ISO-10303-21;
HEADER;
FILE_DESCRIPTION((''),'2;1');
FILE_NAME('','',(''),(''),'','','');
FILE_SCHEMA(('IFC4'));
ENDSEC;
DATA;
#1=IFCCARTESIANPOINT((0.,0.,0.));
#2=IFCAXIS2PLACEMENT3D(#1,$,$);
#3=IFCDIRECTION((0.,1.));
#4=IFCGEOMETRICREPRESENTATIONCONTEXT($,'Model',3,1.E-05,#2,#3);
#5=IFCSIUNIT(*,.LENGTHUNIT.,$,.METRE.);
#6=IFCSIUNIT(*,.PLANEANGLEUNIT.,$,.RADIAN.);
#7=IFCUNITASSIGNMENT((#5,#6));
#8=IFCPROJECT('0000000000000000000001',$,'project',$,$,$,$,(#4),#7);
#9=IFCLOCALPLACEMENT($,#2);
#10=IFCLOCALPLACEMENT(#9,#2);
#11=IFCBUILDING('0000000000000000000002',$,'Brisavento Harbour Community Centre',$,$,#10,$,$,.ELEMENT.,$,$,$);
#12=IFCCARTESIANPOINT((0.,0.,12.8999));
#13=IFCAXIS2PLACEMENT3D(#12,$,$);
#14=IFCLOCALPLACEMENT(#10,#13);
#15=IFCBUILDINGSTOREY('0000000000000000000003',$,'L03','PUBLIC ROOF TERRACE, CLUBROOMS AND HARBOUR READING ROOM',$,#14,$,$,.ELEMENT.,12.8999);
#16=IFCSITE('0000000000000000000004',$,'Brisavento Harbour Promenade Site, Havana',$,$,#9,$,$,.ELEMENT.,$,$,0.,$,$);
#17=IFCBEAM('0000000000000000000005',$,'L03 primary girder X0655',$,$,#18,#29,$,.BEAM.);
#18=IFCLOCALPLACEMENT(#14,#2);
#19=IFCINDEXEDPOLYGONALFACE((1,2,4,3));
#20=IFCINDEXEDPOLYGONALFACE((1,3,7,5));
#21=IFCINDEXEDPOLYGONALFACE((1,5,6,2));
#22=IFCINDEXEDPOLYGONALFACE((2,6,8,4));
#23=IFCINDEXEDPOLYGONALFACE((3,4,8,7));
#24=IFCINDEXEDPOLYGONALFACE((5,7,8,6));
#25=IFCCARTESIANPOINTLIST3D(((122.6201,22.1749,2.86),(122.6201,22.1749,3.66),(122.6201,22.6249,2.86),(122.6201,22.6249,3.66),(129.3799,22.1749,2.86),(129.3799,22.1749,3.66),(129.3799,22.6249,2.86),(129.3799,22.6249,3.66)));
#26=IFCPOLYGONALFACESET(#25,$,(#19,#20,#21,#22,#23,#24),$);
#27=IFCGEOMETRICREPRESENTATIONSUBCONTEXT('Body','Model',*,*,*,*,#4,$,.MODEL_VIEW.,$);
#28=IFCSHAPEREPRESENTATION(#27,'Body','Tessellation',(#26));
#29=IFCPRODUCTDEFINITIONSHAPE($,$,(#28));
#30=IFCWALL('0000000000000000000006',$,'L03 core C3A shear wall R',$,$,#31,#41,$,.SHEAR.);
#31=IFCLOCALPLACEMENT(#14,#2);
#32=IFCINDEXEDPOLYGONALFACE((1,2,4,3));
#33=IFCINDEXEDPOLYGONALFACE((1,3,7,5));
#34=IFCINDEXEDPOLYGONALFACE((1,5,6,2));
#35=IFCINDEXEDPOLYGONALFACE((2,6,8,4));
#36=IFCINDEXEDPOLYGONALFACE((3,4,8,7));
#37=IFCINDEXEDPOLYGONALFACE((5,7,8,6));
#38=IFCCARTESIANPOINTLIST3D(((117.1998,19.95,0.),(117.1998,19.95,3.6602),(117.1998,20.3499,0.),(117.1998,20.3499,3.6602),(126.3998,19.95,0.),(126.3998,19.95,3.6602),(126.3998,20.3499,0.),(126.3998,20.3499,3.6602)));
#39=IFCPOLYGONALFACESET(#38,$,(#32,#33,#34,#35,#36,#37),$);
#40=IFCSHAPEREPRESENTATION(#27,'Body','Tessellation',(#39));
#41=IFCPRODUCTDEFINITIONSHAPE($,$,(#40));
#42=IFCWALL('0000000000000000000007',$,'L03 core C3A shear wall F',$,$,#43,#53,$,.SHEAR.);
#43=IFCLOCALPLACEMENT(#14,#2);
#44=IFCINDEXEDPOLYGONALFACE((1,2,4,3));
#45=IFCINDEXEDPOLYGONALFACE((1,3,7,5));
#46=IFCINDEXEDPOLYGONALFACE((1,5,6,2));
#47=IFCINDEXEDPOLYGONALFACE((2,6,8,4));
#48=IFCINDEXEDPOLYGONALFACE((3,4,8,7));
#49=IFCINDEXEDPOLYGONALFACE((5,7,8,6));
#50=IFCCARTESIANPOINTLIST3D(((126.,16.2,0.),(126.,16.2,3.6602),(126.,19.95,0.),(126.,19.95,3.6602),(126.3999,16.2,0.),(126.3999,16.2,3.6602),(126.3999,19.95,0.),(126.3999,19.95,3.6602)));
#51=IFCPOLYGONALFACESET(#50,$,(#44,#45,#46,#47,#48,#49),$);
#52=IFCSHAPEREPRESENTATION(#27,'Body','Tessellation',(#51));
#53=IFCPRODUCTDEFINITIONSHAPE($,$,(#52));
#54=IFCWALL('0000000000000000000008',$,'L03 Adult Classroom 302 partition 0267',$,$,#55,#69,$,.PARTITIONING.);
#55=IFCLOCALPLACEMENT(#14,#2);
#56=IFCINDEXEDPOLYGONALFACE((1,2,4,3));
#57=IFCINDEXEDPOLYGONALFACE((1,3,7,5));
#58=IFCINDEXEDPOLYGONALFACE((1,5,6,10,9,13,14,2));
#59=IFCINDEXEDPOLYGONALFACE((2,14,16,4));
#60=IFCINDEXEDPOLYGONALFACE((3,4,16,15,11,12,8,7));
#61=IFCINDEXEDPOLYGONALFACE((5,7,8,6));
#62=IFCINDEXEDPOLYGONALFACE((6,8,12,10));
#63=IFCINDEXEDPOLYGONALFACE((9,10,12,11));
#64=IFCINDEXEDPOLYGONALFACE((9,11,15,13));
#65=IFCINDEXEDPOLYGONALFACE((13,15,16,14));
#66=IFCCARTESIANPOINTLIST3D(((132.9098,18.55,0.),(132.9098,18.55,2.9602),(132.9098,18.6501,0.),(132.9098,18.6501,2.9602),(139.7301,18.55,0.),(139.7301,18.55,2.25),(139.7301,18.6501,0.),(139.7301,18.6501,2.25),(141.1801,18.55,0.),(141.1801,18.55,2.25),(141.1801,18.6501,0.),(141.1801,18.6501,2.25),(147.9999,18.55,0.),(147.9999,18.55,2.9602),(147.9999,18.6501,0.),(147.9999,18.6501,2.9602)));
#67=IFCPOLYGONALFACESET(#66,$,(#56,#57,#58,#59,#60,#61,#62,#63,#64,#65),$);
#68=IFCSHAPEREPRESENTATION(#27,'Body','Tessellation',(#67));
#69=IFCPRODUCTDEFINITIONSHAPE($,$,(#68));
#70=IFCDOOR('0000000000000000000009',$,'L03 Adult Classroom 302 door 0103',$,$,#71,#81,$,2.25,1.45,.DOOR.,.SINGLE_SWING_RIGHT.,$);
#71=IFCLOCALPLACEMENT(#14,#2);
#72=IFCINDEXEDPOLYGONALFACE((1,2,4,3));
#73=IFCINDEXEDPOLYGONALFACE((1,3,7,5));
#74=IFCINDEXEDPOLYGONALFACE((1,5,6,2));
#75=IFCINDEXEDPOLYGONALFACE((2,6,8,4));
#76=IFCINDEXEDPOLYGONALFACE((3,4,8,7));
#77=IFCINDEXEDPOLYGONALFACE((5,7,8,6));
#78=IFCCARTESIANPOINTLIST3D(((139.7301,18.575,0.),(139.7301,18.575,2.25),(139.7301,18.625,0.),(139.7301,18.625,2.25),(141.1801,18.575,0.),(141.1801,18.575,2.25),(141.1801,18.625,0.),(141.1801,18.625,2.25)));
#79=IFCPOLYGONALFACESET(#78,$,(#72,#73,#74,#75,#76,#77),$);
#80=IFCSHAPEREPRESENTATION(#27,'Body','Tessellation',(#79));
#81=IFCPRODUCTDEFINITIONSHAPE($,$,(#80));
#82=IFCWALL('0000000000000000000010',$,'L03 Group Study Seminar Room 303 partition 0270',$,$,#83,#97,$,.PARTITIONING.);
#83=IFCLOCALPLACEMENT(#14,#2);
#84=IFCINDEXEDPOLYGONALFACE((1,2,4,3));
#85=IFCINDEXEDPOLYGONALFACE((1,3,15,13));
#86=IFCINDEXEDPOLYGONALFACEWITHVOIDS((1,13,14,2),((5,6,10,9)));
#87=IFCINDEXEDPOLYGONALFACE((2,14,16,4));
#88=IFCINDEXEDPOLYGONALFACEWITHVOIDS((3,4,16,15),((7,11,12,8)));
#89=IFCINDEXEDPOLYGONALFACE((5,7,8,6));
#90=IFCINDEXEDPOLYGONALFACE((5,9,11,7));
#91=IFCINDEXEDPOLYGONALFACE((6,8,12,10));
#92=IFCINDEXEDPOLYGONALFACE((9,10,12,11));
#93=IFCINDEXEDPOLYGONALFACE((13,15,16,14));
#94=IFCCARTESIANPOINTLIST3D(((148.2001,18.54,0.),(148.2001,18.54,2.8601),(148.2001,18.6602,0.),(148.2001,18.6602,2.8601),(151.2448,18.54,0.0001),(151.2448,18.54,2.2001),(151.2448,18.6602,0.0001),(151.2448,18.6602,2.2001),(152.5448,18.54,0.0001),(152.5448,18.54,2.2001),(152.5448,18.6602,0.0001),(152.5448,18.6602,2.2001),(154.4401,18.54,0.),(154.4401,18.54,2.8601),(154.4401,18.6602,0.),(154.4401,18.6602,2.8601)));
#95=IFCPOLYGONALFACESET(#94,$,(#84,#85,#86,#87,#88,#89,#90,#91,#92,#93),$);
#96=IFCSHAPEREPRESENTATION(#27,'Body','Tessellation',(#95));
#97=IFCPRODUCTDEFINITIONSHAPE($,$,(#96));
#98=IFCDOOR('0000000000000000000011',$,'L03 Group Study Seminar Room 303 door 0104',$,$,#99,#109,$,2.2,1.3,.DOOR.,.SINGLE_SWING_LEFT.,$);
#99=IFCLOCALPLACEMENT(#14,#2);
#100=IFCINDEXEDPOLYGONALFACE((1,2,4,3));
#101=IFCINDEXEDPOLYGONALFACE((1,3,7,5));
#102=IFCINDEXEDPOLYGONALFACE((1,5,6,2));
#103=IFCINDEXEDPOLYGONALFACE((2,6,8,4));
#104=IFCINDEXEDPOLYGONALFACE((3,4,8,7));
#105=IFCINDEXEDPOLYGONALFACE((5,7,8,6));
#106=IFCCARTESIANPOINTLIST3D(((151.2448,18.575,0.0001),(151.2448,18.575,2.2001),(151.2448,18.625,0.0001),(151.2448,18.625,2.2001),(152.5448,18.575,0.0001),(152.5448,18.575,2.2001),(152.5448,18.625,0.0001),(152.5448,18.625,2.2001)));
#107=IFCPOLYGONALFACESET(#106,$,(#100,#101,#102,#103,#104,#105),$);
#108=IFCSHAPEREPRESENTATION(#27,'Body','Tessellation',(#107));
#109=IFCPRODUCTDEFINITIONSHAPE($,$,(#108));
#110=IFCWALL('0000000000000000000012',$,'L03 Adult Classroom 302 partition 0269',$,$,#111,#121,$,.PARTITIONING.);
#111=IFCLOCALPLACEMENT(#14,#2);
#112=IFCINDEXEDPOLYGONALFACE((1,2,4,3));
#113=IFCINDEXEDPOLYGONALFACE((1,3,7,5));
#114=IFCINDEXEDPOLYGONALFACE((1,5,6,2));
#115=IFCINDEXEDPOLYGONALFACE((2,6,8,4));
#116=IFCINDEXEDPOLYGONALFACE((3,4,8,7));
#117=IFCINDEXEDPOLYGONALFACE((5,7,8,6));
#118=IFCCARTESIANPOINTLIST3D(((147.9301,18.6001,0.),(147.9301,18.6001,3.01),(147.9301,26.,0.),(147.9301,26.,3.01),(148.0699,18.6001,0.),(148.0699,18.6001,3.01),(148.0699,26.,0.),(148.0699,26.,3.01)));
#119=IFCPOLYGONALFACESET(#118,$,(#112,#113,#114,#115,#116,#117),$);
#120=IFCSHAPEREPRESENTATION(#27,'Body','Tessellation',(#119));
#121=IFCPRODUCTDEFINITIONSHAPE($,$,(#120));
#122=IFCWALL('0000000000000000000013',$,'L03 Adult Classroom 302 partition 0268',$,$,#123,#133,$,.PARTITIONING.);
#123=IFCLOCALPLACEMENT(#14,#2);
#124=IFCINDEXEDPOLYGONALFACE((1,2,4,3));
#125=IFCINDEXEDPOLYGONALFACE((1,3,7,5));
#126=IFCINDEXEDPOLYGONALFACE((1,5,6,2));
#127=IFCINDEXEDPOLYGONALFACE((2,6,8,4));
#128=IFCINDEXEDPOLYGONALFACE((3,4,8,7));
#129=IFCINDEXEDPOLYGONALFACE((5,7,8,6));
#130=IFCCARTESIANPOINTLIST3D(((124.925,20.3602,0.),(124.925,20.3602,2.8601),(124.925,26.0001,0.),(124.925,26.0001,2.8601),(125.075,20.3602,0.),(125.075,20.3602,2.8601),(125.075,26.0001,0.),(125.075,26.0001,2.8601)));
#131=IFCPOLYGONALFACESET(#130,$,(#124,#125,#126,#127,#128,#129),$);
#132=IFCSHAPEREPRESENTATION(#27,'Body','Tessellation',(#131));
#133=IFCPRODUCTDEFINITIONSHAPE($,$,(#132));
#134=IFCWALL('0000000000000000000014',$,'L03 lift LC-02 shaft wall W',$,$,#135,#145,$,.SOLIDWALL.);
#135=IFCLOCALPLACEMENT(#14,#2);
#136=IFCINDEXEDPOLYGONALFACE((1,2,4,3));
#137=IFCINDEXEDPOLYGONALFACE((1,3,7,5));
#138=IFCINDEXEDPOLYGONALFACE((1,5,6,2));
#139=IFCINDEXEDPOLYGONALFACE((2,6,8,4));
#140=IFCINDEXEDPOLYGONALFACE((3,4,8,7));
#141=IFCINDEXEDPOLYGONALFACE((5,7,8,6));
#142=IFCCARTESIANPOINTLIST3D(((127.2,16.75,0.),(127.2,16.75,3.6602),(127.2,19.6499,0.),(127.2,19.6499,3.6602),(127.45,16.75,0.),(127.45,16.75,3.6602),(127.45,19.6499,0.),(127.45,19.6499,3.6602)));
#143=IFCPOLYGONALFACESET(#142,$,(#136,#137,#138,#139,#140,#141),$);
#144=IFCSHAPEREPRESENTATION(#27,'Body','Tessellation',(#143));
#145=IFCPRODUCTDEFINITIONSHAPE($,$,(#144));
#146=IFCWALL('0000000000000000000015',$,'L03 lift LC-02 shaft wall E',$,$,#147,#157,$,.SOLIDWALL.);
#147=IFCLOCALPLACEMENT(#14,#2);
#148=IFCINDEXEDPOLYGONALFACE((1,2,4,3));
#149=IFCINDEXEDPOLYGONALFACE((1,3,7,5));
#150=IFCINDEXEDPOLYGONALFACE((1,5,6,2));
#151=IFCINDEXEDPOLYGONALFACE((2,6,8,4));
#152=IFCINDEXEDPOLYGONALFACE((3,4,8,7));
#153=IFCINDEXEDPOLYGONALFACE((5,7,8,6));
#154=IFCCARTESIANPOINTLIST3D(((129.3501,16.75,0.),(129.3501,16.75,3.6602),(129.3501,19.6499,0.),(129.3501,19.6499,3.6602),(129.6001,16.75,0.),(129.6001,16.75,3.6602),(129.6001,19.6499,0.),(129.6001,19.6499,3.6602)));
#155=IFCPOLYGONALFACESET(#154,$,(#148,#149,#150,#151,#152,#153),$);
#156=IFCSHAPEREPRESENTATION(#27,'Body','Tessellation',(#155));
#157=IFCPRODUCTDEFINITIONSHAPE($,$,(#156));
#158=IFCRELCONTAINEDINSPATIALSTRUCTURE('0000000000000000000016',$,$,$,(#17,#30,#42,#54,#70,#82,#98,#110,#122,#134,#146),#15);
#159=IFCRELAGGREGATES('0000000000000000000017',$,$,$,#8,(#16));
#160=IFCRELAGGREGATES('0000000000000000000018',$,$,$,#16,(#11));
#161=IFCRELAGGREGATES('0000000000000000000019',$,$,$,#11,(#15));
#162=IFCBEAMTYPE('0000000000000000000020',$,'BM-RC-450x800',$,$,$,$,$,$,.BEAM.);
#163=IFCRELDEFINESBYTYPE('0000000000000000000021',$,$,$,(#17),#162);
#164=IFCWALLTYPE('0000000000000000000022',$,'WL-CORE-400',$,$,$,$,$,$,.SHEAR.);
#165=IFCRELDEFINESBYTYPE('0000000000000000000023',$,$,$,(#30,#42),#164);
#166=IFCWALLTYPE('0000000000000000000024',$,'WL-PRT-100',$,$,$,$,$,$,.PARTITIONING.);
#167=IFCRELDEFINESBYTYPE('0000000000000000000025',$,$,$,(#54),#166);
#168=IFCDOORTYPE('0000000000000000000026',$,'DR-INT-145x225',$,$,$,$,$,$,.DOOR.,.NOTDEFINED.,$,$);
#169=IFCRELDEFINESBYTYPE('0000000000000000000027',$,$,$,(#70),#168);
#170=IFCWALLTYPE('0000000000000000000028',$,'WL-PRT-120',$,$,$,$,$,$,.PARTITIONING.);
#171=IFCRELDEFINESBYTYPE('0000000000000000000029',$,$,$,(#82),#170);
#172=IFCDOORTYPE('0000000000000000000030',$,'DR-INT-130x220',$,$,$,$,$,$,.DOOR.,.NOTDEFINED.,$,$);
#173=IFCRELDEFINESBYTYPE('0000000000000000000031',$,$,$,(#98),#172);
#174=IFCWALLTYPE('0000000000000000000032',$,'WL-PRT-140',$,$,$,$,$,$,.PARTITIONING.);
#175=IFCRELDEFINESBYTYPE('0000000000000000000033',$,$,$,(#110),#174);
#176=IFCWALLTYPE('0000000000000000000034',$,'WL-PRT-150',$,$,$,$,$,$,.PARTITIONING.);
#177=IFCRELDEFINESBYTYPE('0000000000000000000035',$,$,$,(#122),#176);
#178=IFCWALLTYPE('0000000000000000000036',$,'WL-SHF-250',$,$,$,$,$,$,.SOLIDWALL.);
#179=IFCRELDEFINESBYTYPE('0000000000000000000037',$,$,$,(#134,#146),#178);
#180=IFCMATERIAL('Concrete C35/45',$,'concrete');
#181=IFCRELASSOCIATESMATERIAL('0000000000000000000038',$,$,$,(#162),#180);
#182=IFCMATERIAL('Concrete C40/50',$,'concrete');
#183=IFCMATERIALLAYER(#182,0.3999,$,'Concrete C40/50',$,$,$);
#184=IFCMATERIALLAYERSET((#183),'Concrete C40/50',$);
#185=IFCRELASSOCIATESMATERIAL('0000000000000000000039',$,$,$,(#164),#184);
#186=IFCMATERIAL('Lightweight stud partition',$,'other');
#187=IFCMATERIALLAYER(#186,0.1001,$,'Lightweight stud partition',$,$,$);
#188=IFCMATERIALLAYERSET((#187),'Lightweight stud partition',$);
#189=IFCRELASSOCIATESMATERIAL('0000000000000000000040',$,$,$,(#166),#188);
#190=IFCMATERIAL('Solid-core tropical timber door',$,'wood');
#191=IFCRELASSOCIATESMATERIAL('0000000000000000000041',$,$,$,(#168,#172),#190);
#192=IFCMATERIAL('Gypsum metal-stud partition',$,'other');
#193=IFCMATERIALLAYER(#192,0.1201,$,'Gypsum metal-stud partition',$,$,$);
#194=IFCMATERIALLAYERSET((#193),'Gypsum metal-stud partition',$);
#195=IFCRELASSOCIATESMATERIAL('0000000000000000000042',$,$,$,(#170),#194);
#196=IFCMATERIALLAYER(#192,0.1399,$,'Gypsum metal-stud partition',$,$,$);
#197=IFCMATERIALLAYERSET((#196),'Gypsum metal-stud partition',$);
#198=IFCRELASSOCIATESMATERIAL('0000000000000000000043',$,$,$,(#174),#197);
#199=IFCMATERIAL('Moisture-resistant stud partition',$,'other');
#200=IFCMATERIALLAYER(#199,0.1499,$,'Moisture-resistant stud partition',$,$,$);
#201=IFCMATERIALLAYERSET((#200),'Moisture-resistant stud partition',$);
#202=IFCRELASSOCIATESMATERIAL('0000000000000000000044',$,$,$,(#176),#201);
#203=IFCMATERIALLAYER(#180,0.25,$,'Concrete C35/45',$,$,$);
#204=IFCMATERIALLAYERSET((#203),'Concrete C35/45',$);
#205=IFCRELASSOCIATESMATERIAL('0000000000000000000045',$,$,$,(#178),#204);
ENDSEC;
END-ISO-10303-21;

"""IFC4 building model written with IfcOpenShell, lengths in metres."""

from ifc_helpers import new_model, si_unit, direction, frame, frame_2d, origin, origin_2d, place, context, subcontext, project, spatial, rectangle, extrude, material, layer, layer_set, material_profile, profile_set, type_object, element, fill, save


model = new_model("IFC4")

# Units and contexts
model_context = context("Model", 3, precision=1e-05, world=origin(), true_north=direction((0.0, 1.0)))
body_context = subcontext(model_context, "Body", "Model", "MODEL_VIEW")
ifc_project = project(units=[si_unit("LENGTHUNIT", "METRE"), si_unit("PLANEANGLEUNIT", "RADIAN")], contexts=[model_context])

# Site, building, storey
site_placement = place(None, origin())
site = spatial("IfcSite", under=ifc_project, at=site_placement, Name="Brisavento Harbour Promenade Site, Havana", CompositionType="ELEMENT", RefElevation=0.0)
building_placement = place(site_placement, origin())
building = spatial("IfcBuilding", under=site, at=building_placement, Name="Brisavento Harbour Community Centre", CompositionType="ELEMENT")
storey_placement = place(building_placement, frame((0.0, 0.0, 12.8999)))
storey = spatial("IfcBuildingStorey", under=building, at=storey_placement, Name="L03", Description="PUBLIC ROOF TERRACE, CLUBROOMS AND HARBOUR READING ROOM", CompositionType="ELEMENT", Elevation=12.8999)

# Shared definitions
ifc_material_1 = material(Name="Concrete C35/45", Category="concrete")

# Beam
ifc_material_profile_1 = material_profile(ifc_material_1, rectangle(XDim=0.45, YDim=0.8, at=origin_2d()), Name="Concrete C35/45")
ifc_profile_set_1 = profile_set([ifc_material_profile_1], Name="Concrete C35/45")
beam_type_1 = type_object("IfcBeamType", Name="BM-RC-450x800", PredefinedType="BEAM", material=ifc_profile_set_1)
beam_1_placement = place(storey_placement, frame((122.6201, 22.3999, 3.26), z_axis=(1.0, 0.0, 0.0), x_axis=(0.0, 1.0, 0.0)))
element("IfcBeam", 1, at=beam_1_placement, inside=storey, type_object=beam_type_1, Name="L03 primary girder X0655", PredefinedType="BEAM", context=body_context, shape_type="SweptSolid", body=[
    extrude(rectangle(XDim=0.45, YDim=0.8, at=origin_2d()), origin(), (0.0, 0.0, 1.0), 6.7598),
])

# Walls
ifc_material_2 = material(Name="Concrete C40/50", Category="concrete")
ifc_layer_1 = layer(ifc_material_2, 0.3999, Name="Concrete C40/50")
ifc_layer_set_1 = layer_set([ifc_layer_1], Name="Concrete C40/50")
wall_type_1 = type_object("IfcWallType", Name="WL-CORE-400", PredefinedType="SHEAR", material=ifc_layer_set_1)
wall_1_placement = place(storey_placement, frame((126.3999, 20.1499, 0.0), z_axis=(0.0, 0.0, 1.0), x_axis=(-1.0, 0.0, 0.0)))
element("IfcWall", 2, at=wall_1_placement, inside=storey, type_object=wall_type_1, Name="L03 core C3A shear wall R", PredefinedType="SHEAR", context=body_context, shape_type="SweptSolid", body=[
    extrude(rectangle(XDim=9.2, YDim=0.3999, at=frame_2d((4.6001, 0.0))), origin(), (0.0, 0.0, 1.0), 3.6602),
])
wall_2_placement = place(storey_placement, frame((126.2, 16.2, 0.0), z_axis=(0.0, 0.0, 1.0), x_axis=(0.0, 1.0, 0.0)))
element("IfcWall", 3, at=wall_2_placement, inside=storey, type_object=wall_type_1, Name="L03 core C3A shear wall F", PredefinedType="SHEAR", context=body_context, shape_type="SweptSolid", body=[
    extrude(rectangle(XDim=3.75, YDim=0.3999, at=frame_2d((1.875, 0.0))), origin(), (0.0, 0.0, 1.0), 3.6602),
])

# Walls, openings, doors
ifc_material_3 = material(Name="Lightweight stud partition", Category="other")
ifc_layer_2 = layer(ifc_material_3, 0.1001, Name="Lightweight stud partition")
ifc_layer_set_2 = layer_set([ifc_layer_2], Name="Lightweight stud partition")
wall_type_2 = type_object("IfcWallType", Name="WL-PRT-100", PredefinedType="PARTITIONING", material=ifc_layer_set_2)
wall_3_placement = place(storey_placement, frame((132.9099, 18.6001, 0.0), z_axis=(0.0, 0.0, 1.0), x_axis=(1.0, 0.0, 0.0)))
wall_3 = element("IfcWall", 4, at=wall_3_placement, inside=storey, type_object=wall_type_2, Name="L03 Adult Classroom 302 partition 0267", PredefinedType="PARTITIONING", context=body_context, shape_type="SweptSolid", body=[
    extrude(rectangle(XDim=15.0901, YDim=0.1001, at=frame_2d((7.5449, 0.0))), origin(), (0.0, 0.0, 1.0), 2.9602),
])
opening_1_placement = place(wall_3_placement, frame((6.8201, 0.0, 0.0)))
opening_1 = element("IfcOpeningElement", 5, at=opening_1_placement, cuts=wall_3, PredefinedType="OPENING", context=body_context, shape_type="SweptSolid", body=[
    extrude(rectangle(XDim=1.45, YDim=2.25, at=frame_2d((0.7251, 1.125))), frame((0.0, 0.0601, 0.0), z_axis=(0.0, -1.0, 0.0), x_axis=(1.0, 0.0, 0.0)), (0.0, 0.0, 1.0), 0.1201),
])
ifc_material_4 = material(Name="Solid-core tropical timber door", Category="wood")
door_type_1 = type_object("IfcDoorType", Name="DR-INT-145x225", OperationType="NOTDEFINED", PredefinedType="DOOR", material=ifc_material_4)
door_1_placement = place(opening_1_placement, origin())
door_1 = element("IfcDoor", 6, at=door_1_placement, inside=storey, type_object=door_type_1, Name="L03 Adult Classroom 302 door 0103", OperationType="SINGLE_SWING_RIGHT", OverallHeight=2.25, OverallWidth=1.45, PredefinedType="DOOR", context=body_context, shape_type="SweptSolid", body=[
    extrude(rectangle(XDim=1.45, YDim=2.25, at=frame_2d((0.7251, 1.125))), frame((0.0, 0.0249, 0.0), z_axis=(0.0, -1.0, 0.0), x_axis=(1.0, 0.0, 0.0)), (0.0, 0.0, 1.0), 0.05),
])
fill(opening_1, door_1)
ifc_material_5 = material(Name="Gypsum metal-stud partition", Category="other")
ifc_layer_3 = layer(ifc_material_5, 0.1201, Name="Gypsum metal-stud partition")
ifc_layer_set_3 = layer_set([ifc_layer_3], Name="Gypsum metal-stud partition")
wall_type_3 = type_object("IfcWallType", Name="WL-PRT-120", PredefinedType="PARTITIONING", material=ifc_layer_set_3)
wall_4_placement = place(storey_placement, frame((148.2, 18.6001, 0.0), z_axis=(0.0, 0.0, 1.0), x_axis=(1.0, 0.0, 0.0)))
wall_4 = element("IfcWall", 7, at=wall_4_placement, inside=storey, type_object=wall_type_3, Name="L03 Group Study Seminar Room 303 partition 0270", PredefinedType="PARTITIONING", context=body_context, shape_type="SweptSolid", body=[
    extrude(rectangle(XDim=6.24, YDim=0.1201, at=frame_2d((3.1201, 0.0))), origin(), (0.0, 0.0, 1.0), 2.8601),
])
opening_2_placement = place(wall_4_placement, frame((3.0449, 0.0, 0.0)))
opening_2 = element("IfcOpeningElement", 8, at=opening_2_placement, cuts=wall_4, PredefinedType="OPENING", context=body_context, shape_type="SweptSolid", body=[
    extrude(rectangle(XDim=1.3, YDim=2.2, at=frame_2d((0.6499, 1.1001))), frame((0.0, 0.0701, 0.0), z_axis=(0.0, -1.0, 0.0), x_axis=(1.0, 0.0, 0.0)), (0.0, 0.0, 1.0), 0.1401),
])
door_type_2 = type_object("IfcDoorType", Name="DR-INT-130x220", OperationType="NOTDEFINED", PredefinedType="DOOR", material=ifc_material_4)
door_2_placement = place(opening_2_placement, origin())
door_2 = element("IfcDoor", 9, at=door_2_placement, inside=storey, type_object=door_type_2, Name="L03 Group Study Seminar Room 303 door 0104", OperationType="SINGLE_SWING_LEFT", OverallHeight=2.2, OverallWidth=1.3, PredefinedType="DOOR", context=body_context, shape_type="SweptSolid", body=[
    extrude(rectangle(XDim=1.3, YDim=2.2, at=frame_2d((0.6499, 1.1001))), frame((0.0, 0.0249, 0.0), z_axis=(0.0, -1.0, 0.0), x_axis=(1.0, 0.0, 0.0)), (0.0, 0.0, 1.0), 0.05),
])
fill(opening_2, door_2)

# Walls
ifc_layer_4 = layer(ifc_material_5, 0.1399, Name="Gypsum metal-stud partition")
ifc_layer_set_4 = layer_set([ifc_layer_4], Name="Gypsum metal-stud partition")
wall_type_4 = type_object("IfcWallType", Name="WL-PRT-140", PredefinedType="PARTITIONING", material=ifc_layer_set_4)
wall_5_placement = place(storey_placement, frame((148.0, 18.6001, 0.0), z_axis=(0.0, 0.0, 1.0), x_axis=(0.0, 1.0, 0.0)))
element("IfcWall", 10, at=wall_5_placement, inside=storey, type_object=wall_type_4, Name="L03 Adult Classroom 302 partition 0269", PredefinedType="PARTITIONING", context=body_context, shape_type="SweptSolid", body=[
    extrude(rectangle(XDim=7.3999, YDim=0.1399, at=frame_2d((3.7, 0.0))), origin(), (0.0, 0.0, 1.0), 3.01),
])
ifc_material_6 = material(Name="Moisture-resistant stud partition", Category="other")
ifc_layer_5 = layer(ifc_material_6, 0.1499, Name="Moisture-resistant stud partition")
ifc_layer_set_5 = layer_set([ifc_layer_5], Name="Moisture-resistant stud partition")
wall_type_5 = type_object("IfcWallType", Name="WL-PRT-150", PredefinedType="PARTITIONING", material=ifc_layer_set_5)
wall_6_placement = place(storey_placement, frame((125.0, 26.0, 0.0), z_axis=(0.0, 0.0, 1.0), x_axis=(0.0, -1.0, 0.0)))
element("IfcWall", 11, at=wall_6_placement, inside=storey, type_object=wall_type_5, Name="L03 Adult Classroom 302 partition 0268", PredefinedType="PARTITIONING", context=body_context, shape_type="SweptSolid", body=[
    extrude(rectangle(XDim=5.6399, YDim=0.1499, at=frame_2d((2.8198, 0.0))), origin(), (0.0, 0.0, 1.0), 2.8601),
])
ifc_layer_6 = layer(ifc_material_1, 0.25, Name="Concrete C35/45")
ifc_layer_set_6 = layer_set([ifc_layer_6], Name="Concrete C35/45")
wall_type_6 = type_object("IfcWallType", Name="WL-SHF-250", PredefinedType="SOLIDWALL", material=ifc_layer_set_6)
for number, where, z_axis, x_axis, name in (
    (12, (127.325, 16.75, 0.0), (0.0, 0.0, 1.0), (0.0, 1.0, 0.0), "L03 lift LC-02 shaft wall W"),
    (13, (129.4751, 19.6499, 0.0), (0.0, 0.0, 1.0), (0.0, -1.0, 0.0), "L03 lift LC-02 shaft wall E"),
):
    element("IfcWall", number, at=place(storey_placement, frame(where, z_axis=z_axis, x_axis=x_axis)), inside=storey, type_object=wall_type_6, Name=name, PredefinedType="SOLIDWALL", context=body_context, shape_type="SweptSolid", body=[
        extrude(rectangle(XDim=2.8999, YDim=0.25, at=frame_2d((1.45, 0.0))), origin(), (0.0, 0.0, 1.0), 3.6602),
    ])

save(model, "model.ifc")
